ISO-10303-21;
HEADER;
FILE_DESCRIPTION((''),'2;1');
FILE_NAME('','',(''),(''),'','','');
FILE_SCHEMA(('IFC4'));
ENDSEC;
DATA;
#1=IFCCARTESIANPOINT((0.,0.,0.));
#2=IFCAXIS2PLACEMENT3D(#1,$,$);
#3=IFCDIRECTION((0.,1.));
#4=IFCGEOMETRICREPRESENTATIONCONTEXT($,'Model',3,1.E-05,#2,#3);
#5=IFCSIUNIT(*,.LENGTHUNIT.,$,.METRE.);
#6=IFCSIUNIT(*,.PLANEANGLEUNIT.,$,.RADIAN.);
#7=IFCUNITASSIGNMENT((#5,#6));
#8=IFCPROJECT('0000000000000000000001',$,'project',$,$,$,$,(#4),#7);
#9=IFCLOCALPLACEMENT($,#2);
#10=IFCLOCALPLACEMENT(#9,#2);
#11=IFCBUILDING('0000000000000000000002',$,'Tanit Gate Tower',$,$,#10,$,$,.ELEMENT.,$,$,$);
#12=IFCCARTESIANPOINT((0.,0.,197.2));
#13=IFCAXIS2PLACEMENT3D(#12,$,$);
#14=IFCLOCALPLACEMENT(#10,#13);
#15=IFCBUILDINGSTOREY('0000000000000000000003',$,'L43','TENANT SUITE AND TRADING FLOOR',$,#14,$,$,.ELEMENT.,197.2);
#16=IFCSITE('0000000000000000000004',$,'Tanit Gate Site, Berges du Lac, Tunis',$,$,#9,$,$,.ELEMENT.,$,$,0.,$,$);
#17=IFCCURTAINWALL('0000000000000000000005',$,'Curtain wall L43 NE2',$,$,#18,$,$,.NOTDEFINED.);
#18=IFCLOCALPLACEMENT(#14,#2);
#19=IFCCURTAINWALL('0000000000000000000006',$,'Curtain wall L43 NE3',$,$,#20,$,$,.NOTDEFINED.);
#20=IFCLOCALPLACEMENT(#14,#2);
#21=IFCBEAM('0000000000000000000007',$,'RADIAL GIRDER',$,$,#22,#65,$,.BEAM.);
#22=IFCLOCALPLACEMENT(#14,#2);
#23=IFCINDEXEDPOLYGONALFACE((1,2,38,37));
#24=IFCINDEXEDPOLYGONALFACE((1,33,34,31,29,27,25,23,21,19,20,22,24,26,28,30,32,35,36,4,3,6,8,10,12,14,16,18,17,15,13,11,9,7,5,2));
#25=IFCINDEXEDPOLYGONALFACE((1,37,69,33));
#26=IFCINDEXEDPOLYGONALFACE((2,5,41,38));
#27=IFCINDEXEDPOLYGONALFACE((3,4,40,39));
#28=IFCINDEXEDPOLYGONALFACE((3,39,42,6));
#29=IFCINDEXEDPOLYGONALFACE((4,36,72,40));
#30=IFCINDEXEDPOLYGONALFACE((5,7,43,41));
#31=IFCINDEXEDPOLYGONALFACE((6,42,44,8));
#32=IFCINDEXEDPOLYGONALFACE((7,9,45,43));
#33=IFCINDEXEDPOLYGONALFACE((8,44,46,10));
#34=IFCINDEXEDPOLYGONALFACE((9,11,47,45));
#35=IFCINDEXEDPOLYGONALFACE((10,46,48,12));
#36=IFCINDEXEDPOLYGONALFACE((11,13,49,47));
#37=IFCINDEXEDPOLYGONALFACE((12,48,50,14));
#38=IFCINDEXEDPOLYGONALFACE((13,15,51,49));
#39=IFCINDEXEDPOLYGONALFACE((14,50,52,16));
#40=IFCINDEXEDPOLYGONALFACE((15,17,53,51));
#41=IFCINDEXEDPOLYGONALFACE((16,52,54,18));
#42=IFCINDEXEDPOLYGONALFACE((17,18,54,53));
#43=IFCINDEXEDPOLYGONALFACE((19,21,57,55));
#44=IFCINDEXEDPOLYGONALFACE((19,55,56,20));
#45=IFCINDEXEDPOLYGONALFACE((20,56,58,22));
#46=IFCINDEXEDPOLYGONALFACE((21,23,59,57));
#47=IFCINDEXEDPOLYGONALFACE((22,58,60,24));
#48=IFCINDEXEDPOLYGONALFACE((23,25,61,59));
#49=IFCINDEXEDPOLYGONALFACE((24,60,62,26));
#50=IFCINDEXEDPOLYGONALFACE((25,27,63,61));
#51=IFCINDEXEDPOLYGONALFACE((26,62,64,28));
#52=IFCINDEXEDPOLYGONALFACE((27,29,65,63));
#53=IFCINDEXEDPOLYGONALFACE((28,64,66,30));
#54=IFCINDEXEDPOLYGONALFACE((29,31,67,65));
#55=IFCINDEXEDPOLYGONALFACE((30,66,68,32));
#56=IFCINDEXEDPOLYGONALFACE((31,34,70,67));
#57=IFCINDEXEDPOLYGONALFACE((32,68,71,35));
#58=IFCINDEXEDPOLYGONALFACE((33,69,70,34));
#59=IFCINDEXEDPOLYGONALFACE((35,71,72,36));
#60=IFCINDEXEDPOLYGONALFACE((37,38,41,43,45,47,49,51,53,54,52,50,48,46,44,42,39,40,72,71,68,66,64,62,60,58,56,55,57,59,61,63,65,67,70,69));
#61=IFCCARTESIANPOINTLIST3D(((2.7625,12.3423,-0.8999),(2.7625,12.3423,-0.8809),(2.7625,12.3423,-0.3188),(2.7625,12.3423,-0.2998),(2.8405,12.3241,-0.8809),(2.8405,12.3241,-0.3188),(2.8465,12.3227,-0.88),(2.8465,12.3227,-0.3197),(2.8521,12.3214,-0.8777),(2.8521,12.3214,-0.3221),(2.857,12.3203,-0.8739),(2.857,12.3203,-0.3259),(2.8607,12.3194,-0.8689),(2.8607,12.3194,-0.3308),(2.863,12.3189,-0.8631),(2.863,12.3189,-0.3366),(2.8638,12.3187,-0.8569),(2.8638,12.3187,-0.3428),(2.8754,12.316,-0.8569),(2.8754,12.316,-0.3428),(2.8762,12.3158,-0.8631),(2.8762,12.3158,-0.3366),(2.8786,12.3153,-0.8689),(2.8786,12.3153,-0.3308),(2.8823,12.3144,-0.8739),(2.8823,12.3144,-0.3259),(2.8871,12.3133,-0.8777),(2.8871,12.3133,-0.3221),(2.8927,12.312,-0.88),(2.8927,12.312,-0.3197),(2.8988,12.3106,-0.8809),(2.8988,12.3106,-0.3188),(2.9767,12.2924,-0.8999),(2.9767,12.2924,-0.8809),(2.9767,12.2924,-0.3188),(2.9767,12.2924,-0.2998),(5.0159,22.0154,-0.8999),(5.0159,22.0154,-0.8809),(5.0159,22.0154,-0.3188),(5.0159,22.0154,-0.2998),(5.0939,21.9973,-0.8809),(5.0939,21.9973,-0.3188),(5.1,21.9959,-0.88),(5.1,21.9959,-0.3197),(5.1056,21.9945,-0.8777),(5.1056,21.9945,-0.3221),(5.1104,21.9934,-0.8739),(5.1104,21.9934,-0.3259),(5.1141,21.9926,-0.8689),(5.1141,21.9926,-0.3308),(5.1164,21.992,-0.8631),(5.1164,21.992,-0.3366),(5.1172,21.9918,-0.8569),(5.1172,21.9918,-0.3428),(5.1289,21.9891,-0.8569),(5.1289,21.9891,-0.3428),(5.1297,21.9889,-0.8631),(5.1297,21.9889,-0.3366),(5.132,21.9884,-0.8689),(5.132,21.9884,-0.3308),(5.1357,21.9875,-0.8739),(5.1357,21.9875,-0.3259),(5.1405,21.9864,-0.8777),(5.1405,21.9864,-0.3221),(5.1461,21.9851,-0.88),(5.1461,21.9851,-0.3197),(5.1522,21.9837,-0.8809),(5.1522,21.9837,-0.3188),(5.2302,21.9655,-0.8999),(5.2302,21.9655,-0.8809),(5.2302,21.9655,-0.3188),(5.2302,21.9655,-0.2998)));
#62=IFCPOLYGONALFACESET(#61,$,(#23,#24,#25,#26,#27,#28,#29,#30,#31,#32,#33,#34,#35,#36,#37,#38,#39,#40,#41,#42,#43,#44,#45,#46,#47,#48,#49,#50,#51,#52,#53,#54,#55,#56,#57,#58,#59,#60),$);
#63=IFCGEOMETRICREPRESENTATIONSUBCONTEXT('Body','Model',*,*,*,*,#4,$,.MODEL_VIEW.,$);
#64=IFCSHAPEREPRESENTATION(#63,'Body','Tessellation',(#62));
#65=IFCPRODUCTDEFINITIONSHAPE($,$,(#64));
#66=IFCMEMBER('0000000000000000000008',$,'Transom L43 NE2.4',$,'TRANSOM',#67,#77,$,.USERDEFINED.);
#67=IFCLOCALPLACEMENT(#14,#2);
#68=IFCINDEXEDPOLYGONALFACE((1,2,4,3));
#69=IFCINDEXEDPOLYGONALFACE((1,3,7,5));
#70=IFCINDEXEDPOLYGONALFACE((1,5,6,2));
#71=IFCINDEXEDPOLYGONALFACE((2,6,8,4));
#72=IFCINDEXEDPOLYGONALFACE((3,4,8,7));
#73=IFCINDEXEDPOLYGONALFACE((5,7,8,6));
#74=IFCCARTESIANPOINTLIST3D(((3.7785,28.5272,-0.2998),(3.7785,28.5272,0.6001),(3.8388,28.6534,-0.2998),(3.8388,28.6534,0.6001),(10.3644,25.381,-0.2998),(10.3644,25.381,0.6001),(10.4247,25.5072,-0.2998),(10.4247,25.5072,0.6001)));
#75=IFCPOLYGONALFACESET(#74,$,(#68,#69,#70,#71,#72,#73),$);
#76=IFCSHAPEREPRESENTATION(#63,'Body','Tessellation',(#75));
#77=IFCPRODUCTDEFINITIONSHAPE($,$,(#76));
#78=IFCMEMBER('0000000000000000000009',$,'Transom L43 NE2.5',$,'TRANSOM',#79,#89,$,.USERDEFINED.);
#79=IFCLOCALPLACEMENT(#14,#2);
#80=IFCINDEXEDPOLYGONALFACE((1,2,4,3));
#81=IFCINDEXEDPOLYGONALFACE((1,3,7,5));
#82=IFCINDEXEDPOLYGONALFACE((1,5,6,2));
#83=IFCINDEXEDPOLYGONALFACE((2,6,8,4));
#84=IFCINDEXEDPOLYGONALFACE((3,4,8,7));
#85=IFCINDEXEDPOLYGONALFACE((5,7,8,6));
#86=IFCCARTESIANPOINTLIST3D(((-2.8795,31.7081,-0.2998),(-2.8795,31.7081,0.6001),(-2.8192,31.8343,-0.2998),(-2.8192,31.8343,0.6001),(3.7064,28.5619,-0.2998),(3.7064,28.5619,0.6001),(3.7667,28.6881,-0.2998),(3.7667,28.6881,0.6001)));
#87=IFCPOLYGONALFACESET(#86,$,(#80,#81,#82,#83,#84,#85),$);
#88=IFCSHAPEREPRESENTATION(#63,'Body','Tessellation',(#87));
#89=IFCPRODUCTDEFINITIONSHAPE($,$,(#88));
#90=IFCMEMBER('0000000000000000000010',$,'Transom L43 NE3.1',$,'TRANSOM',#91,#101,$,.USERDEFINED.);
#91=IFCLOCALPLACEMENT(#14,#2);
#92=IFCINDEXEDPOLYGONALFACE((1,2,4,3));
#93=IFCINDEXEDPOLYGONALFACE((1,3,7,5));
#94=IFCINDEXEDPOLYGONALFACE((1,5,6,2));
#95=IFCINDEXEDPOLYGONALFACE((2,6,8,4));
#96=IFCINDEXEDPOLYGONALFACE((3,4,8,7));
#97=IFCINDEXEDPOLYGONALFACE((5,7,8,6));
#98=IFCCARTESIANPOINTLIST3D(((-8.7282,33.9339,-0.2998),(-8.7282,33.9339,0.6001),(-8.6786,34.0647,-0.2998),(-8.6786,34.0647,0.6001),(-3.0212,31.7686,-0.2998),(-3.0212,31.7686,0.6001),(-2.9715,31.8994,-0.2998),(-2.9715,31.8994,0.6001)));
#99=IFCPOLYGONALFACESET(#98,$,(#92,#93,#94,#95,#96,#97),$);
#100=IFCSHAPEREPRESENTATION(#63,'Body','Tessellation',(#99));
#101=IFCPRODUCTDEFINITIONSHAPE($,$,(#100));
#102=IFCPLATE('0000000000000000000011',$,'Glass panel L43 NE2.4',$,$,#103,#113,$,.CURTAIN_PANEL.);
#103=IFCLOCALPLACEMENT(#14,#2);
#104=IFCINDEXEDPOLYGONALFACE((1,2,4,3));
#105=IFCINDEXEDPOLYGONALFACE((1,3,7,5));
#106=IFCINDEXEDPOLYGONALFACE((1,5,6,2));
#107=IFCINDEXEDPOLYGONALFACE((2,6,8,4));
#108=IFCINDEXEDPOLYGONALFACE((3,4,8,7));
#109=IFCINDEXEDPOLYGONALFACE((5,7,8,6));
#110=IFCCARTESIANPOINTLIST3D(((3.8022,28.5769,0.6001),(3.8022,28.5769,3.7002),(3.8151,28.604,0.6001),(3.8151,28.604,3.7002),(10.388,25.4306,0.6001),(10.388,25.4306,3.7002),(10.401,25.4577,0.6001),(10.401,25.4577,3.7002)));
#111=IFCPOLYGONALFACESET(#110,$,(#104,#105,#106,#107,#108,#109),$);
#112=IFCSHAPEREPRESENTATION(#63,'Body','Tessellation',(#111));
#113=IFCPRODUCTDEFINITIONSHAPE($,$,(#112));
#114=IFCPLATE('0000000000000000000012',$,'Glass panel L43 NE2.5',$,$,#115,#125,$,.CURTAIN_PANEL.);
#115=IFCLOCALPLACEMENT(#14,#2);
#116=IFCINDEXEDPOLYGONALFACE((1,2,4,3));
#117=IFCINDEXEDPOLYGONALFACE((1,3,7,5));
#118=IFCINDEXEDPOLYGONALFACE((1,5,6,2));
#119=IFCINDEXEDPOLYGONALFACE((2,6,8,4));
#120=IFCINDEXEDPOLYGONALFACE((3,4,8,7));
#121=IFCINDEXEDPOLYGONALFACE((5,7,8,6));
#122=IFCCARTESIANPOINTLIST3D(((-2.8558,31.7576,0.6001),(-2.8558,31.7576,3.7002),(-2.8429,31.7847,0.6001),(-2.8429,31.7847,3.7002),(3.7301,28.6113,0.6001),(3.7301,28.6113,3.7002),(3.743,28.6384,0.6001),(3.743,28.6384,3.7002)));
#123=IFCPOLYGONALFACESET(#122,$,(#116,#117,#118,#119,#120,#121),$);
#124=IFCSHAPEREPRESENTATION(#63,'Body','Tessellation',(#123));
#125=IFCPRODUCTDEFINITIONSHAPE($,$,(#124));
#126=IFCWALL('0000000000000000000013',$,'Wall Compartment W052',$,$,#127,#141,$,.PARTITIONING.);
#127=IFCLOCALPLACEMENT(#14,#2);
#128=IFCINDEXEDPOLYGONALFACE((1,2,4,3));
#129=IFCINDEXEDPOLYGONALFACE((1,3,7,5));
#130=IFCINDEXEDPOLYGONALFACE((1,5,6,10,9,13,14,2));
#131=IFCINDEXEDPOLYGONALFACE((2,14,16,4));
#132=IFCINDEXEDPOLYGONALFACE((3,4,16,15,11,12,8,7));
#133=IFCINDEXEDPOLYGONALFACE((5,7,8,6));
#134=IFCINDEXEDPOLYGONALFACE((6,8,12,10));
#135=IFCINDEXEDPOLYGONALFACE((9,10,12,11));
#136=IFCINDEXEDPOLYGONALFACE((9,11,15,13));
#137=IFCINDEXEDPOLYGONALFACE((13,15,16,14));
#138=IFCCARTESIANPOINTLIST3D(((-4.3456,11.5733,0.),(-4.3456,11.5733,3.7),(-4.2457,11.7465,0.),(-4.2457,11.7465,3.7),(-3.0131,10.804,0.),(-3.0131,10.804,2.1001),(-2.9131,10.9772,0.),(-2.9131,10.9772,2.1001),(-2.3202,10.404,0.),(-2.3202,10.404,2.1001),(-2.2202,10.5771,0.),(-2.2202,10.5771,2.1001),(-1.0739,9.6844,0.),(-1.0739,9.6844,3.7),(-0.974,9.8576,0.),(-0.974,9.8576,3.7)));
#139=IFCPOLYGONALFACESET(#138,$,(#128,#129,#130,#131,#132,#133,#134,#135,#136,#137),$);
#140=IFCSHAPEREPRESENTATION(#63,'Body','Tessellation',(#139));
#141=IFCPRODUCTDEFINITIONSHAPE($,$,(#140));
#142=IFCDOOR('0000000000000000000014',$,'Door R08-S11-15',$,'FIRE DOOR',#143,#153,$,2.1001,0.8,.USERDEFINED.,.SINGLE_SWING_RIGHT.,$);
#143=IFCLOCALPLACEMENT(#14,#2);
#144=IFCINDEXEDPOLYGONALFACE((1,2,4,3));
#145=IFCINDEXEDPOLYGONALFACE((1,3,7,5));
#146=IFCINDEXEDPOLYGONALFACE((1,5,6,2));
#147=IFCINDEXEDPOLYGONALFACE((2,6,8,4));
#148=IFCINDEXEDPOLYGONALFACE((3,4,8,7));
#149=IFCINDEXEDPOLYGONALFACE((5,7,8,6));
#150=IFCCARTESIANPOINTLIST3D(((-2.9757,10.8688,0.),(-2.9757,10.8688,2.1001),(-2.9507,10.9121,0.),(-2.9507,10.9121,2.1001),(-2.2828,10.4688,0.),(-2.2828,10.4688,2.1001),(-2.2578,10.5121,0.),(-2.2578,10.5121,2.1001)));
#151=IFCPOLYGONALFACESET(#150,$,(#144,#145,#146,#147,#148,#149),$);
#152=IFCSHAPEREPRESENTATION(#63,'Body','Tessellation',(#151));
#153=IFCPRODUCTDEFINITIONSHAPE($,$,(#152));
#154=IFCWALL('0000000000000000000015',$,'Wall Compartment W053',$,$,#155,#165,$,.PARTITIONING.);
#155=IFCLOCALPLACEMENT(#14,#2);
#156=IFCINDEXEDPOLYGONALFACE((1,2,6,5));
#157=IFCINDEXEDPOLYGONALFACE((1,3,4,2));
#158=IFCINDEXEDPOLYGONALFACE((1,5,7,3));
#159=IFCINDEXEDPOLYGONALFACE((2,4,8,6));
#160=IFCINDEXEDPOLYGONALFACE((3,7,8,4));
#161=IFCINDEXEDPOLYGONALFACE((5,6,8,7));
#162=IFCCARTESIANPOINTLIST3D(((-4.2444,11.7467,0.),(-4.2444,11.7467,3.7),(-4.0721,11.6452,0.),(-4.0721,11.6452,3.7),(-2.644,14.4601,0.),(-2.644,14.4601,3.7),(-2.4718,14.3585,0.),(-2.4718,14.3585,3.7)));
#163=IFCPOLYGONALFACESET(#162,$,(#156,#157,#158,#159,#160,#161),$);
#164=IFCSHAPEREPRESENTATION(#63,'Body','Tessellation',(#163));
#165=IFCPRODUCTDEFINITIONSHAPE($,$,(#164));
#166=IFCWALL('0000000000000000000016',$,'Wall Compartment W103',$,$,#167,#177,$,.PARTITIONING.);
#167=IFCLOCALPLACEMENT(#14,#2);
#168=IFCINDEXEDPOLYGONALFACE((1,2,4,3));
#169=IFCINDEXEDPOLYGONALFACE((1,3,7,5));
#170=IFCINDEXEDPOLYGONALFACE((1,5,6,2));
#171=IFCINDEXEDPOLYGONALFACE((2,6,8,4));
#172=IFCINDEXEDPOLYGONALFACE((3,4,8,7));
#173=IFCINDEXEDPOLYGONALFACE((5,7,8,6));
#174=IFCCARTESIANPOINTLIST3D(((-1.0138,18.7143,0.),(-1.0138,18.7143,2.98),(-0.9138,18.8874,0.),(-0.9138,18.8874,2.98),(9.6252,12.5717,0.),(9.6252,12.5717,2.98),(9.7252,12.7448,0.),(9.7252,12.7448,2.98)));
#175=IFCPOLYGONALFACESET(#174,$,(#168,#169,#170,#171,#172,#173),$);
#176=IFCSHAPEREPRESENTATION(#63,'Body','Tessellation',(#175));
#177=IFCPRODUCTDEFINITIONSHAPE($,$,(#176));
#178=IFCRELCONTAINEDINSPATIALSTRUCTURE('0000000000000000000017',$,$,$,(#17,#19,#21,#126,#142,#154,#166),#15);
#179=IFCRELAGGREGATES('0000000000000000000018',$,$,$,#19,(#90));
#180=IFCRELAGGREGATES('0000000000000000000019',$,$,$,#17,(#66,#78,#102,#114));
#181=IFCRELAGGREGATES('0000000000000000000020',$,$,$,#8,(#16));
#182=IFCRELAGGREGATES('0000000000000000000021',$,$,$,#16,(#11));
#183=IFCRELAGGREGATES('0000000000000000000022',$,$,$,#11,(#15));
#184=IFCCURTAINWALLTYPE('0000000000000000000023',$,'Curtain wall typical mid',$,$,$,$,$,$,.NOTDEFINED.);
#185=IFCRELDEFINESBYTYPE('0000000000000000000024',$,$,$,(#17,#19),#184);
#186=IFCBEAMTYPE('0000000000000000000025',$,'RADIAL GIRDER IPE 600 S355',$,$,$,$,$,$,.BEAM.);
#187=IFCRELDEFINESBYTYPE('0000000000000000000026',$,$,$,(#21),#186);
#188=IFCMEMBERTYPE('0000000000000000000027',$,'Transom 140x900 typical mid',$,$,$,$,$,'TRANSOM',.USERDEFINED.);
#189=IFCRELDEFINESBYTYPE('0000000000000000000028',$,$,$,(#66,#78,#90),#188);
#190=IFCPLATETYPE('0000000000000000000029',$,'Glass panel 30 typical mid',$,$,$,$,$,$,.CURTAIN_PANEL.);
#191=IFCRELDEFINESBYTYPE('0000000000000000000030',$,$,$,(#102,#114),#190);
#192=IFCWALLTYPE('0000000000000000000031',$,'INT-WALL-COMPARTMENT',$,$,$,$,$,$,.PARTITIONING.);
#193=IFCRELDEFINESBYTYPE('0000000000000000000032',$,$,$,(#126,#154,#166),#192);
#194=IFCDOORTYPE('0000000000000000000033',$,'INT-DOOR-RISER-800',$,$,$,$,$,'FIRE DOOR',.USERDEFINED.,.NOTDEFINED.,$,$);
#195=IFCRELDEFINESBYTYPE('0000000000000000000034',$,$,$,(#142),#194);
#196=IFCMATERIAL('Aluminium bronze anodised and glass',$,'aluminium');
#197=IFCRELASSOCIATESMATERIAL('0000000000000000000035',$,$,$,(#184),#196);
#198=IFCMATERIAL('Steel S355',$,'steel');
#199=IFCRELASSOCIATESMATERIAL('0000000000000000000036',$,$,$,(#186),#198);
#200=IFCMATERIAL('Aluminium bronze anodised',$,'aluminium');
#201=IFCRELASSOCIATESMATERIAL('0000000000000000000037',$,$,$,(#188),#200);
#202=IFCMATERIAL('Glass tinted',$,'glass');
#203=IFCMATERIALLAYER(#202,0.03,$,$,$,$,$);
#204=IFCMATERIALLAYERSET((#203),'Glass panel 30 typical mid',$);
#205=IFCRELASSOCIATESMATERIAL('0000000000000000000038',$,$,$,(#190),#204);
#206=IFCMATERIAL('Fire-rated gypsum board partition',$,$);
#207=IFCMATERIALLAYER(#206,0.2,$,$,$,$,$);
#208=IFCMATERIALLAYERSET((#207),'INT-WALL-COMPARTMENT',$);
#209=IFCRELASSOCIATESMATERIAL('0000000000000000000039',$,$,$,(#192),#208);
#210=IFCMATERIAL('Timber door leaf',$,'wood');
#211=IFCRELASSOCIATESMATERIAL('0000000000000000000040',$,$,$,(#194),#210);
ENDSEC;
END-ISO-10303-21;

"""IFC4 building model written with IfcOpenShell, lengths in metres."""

from ifc_helpers import new_model, si_unit, direction, frame, frame_2d, origin, origin_2d, place, context, subcontext, project, spatial, rectangle, i_section, extrude, material, layer, layer_set, material_profile, profile_set, type_object, element, fill, aggregate, save


model = new_model("IFC4")

# Units and contexts
model_context = context("Model", 3, precision=1e-05, world=origin(), true_north=direction((0.0, 1.0)))
body_context = subcontext(model_context, "Body", "Model", "MODEL_VIEW")
ifc_project = project(units=[si_unit("LENGTHUNIT", "METRE"), si_unit("PLANEANGLEUNIT", "RADIAN")], contexts=[model_context])

# Site, building, storey
site_placement = place(None, origin())
site = spatial("IfcSite", under=ifc_project, at=site_placement, Name="Tanit Gate Site, Berges du Lac, Tunis", CompositionType="ELEMENT", RefElevation=0.0)
building_placement = place(site_placement, origin())
building = spatial("IfcBuilding", under=site, at=building_placement, Name="Tanit Gate Tower", CompositionType="ELEMENT")
storey_placement = place(building_placement, frame((0.0, 0.0, 197.2)))
storey = spatial("IfcBuildingStorey", under=building, at=storey_placement, Name="L43", Description="TENANT SUITE AND TRADING FLOOR", CompositionType="ELEMENT", Elevation=197.2)

# Curtain wall
ifc_material_1 = material(Name="Aluminium bronze anodised and glass", Category="aluminium")
curtain_wall_type = type_object("IfcCurtainWallType", Name="Curtain wall typical mid", PredefinedType="NOTDEFINED", material=ifc_material_1)
curtain_wall_1_placement = place(storey_placement, origin())
curtain_wall_1 = element("IfcCurtainWall", 1, at=curtain_wall_1_placement, inside=storey, type_object=curtain_wall_type, Name="Curtain wall L43 NE2", PredefinedType="NOTDEFINED")

# Curtain wall
curtain_wall_2_placement = place(storey_placement, origin())
curtain_wall_2 = element("IfcCurtainWall", 2, at=curtain_wall_2_placement, inside=storey, type_object=curtain_wall_type, Name="Curtain wall L43 NE3", PredefinedType="NOTDEFINED")

# Beam
ifc_material_2 = material(Name="Steel S355", Category="steel")
ifc_material_profile_1 = material_profile(ifc_material_2, i_section(OverallWidth=0.22, OverallDepth=0.6001, WebThickness=0.012, FlangeThickness=0.019, FilletRadius=0.0239, at=origin_2d()), Name="IPE 600")
ifc_profile_set_1 = profile_set([ifc_material_profile_1], Name="Steel S355")
beam_type_1 = type_object("IfcBeamType", Name="RADIAL GIRDER IPE 600 S355", PredefinedType="BEAM", material=ifc_profile_set_1)
beam_1_placement = place(storey_placement, frame((5.123, 21.9905, -0.5999), z_axis=(-0.226882, -0.973922, 0.0), x_axis=(0.973922, -0.226882, 0.0)))
element("IfcBeam", 3, at=beam_1_placement, inside=storey, type_object=beam_type_1, Name="RADIAL GIRDER", PredefinedType="BEAM", context=body_context, shape_type="SweptSolid", body=[
    extrude(i_section(OverallWidth=0.22, OverallDepth=0.6001, WebThickness=0.012, FlangeThickness=0.019, FilletRadius=0.0239, at=origin_2d()), origin(), (0.0, 0.0, 1.0), 9.9321),
])

# Members
ifc_material_3 = material(Name="Aluminium bronze anodised", Category="aluminium")
ifc_material_profile_2 = material_profile(ifc_material_3, rectangle(XDim=0.1399, YDim=0.8999, at=origin_2d()), Name="140x900 bronze transom")
ifc_profile_set_2 = profile_set([ifc_material_profile_2], Name="Aluminium bronze anodised")
member_type_1 = type_object("IfcMemberType", Name="Transom 140x900 typical mid", ElementType="TRANSOM", PredefinedType="USERDEFINED", material=ifc_profile_set_2)
member_1_placement = place(storey_placement, frame((10.3945, 25.4441, 0.1501), z_axis=(-0.902324, 0.431059, 0.0), x_axis=(-0.431059, -0.902324, 0.0)))
member_1 = element("IfcMember", 4, at=member_1_placement, type_object=member_type_1, Name="Transom L43 NE2.4", ObjectType="TRANSOM", PredefinedType="USERDEFINED", context=body_context, shape_type="SweptSolid", body=[
    extrude(rectangle(XDim=0.1399, YDim=0.8999, at=origin_2d()), origin(), (0.0, 0.0, 1.0), 7.2988),
])
member_2_placement = place(storey_placement, frame((3.7366, 28.625, 0.1501), z_axis=(-0.902324, 0.431059, 0.0), x_axis=(-0.431059, -0.902324, 0.0)))
member_2 = element("IfcMember", 5, at=member_2_placement, type_object=member_type_1, Name="Transom L43 NE2.5", ObjectType="TRANSOM", PredefinedType="USERDEFINED", context=body_context, shape_type="SweptSolid", body=[
    extrude(rectangle(XDim=0.1399, YDim=0.8999, at=origin_2d()), origin(), (0.0, 0.0, 1.0), 7.2988),
])
member_3_placement = place(storey_placement, frame((-2.9963, 31.834, 0.1501), z_axis=(-0.934968, 0.354733, 0.0), x_axis=(-0.354733, -0.934968, 0.0)))
member_3 = element("IfcMember", 6, at=member_3_placement, type_object=member_type_1, Name="Transom L43 NE3.1", ObjectType="TRANSOM", PredefinedType="USERDEFINED", context=body_context, shape_type="SweptSolid", body=[
    extrude(rectangle(XDim=0.1399, YDim=0.8999, at=origin_2d()), origin(), (0.0, 0.0, 1.0), 6.104),
])
aggregate(curtain_wall_2, [member_3])

# Plates
ifc_material_4 = material(Name="Glass tinted", Category="glass")
ifc_layer_1 = layer(ifc_material_4, 0.03)
ifc_layer_set_1 = layer_set([ifc_layer_1], Name="Glass panel 30 typical mid")
plate_type = type_object("IfcPlateType", Name="Glass panel 30 typical mid", PredefinedType="CURTAIN_PANEL", material=ifc_layer_set_1)
plate_1_placement = place(storey_placement, frame((7.1016, 27.0173, 0.6001), z_axis=(0.0, 0.0, 1.0), x_axis=(-0.902317, 0.431073, 0.0)))
plate_1 = element("IfcPlate", 7, at=plate_1_placement, type_object=plate_type, Name="Glass panel L43 NE2.4", PredefinedType="CURTAIN_PANEL", context=body_context, shape_type="SweptSolid", body=[
    extrude(rectangle(XDim=7.2988, YDim=0.03, at=origin_2d()), origin(), (0.0, 0.0, 1.0), 3.1001),
])
plate_2_placement = place(storey_placement, frame((0.4436, 30.198, 0.6001), z_axis=(0.0, 0.0, 1.0), x_axis=(-0.902317, 0.431073, 0.0)))
plate_2 = element("IfcPlate", 8, at=plate_2_placement, type_object=plate_type, Name="Glass panel L43 NE2.5", PredefinedType="CURTAIN_PANEL", context=body_context, shape_type="SweptSolid", body=[
    extrude(rectangle(XDim=7.2988, YDim=0.03, at=origin_2d()), origin(), (0.0, 0.0, 1.0), 3.1001),
])
aggregate(curtain_wall_1, [member_1, member_2, plate_1, plate_2])

# Wall, opening, door
ifc_material_5 = material(Name="Fire-rated gypsum board partition")
ifc_layer_2 = layer(ifc_material_5, 0.2)
ifc_layer_set_2 = layer_set([ifc_layer_2], Name="INT-WALL-COMPARTMENT")
wall_type = type_object("IfcWallType", Name="INT-WALL-COMPARTMENT", PredefinedType="PARTITIONING", material=ifc_layer_set_2)
wall_1_placement = place(storey_placement, frame((-4.2957, 11.6599, 0.0), z_axis=(0.0, 0.0, 1.0), x_axis=(0.866027, -0.499997, 0.0)))
wall_1 = element("IfcWall", 9, at=wall_1_placement, inside=storey, type_object=wall_type, Name="Wall Compartment W052", PredefinedType="PARTITIONING", context=body_context, shape_type="SweptSolid", body=[
    extrude(rectangle(XDim=3.7778, YDim=0.2, at=frame_2d((1.8889, 0.0))), origin(), (0.0, 0.0, 1.0), 3.7),
])
opening_1_placement = place(wall_1_placement, frame((1.5388, 0.0, 0.0)))
opening_1 = element("IfcOpeningElement", 10, at=opening_1_placement, cuts=wall_1, PredefinedType="OPENING", context=body_context, shape_type="SweptSolid", body=[
    extrude(rectangle(XDim=0.8, YDim=2.1001, at=frame_2d((0.3999, 1.05))), frame((0.0, 0.1099, 0.0), z_axis=(0.0, -1.0, 0.0), x_axis=(1.0, 0.0, 0.0)), (0.0, 0.0, 1.0), 0.22),
])
ifc_material_6 = material(Name="Timber door leaf", Category="wood")
door_type_1 = type_object("IfcDoorType", Name="INT-DOOR-RISER-800", ElementType="FIRE DOOR", OperationType="NOTDEFINED", PredefinedType="USERDEFINED", material=ifc_material_6)
door_1_placement = place(opening_1_placement, origin())
door_1 = element("IfcDoor", 11, at=door_1_placement, inside=storey, type_object=door_type_1, Name="Door R08-S11-15", ObjectType="FIRE DOOR", OperationType="SINGLE_SWING_RIGHT", OverallHeight=2.1001, OverallWidth=0.8, PredefinedType="USERDEFINED", context=body_context, shape_type="SweptSolid", body=[
    extrude(rectangle(XDim=0.8, YDim=2.1001, at=frame_2d((0.3999, 1.05))), frame((0.0, 0.0249, 0.0), z_axis=(0.0, -1.0, 0.0), x_axis=(1.0, 0.0, 0.0)), (0.0, 0.0, 1.0), 0.05),
])
fill(opening_1, door_1)

# Walls
wall_2_placement = place(storey_placement, frame((-2.5579, 14.4094, 0.0), z_axis=(0.0, 0.0, 1.0), x_axis=(-0.508019, -0.861346, 0.0)))
element("IfcWall", 12, at=wall_2_placement, inside=storey, type_object=wall_type, Name="Wall Compartment W053", PredefinedType="PARTITIONING", context=body_context, shape_type="SweptSolid", body=[
    extrude(rectangle(XDim=3.1501, YDim=0.2, at=frame_2d((1.5752, 0.0))), origin(), (0.0, 0.0, 1.0), 3.7),
])
wall_3_placement = place(storey_placement, frame((9.6753, 12.6582, 0.0), z_axis=(0.0, 0.0, 1.0), x_axis=(-0.866018, 0.500012, 0.0)))
element("IfcWall", 13, at=wall_3_placement, inside=storey, type_object=wall_type, Name="Wall Compartment W103", PredefinedType="PARTITIONING", context=body_context, shape_type="SweptSolid", body=[
    extrude(rectangle(XDim=12.2849, YDim=0.2, at=frame_2d((6.1426, 0.0))), origin(), (0.0, 0.0, 1.0), 2.98),
])

save(model, "model.ifc")
